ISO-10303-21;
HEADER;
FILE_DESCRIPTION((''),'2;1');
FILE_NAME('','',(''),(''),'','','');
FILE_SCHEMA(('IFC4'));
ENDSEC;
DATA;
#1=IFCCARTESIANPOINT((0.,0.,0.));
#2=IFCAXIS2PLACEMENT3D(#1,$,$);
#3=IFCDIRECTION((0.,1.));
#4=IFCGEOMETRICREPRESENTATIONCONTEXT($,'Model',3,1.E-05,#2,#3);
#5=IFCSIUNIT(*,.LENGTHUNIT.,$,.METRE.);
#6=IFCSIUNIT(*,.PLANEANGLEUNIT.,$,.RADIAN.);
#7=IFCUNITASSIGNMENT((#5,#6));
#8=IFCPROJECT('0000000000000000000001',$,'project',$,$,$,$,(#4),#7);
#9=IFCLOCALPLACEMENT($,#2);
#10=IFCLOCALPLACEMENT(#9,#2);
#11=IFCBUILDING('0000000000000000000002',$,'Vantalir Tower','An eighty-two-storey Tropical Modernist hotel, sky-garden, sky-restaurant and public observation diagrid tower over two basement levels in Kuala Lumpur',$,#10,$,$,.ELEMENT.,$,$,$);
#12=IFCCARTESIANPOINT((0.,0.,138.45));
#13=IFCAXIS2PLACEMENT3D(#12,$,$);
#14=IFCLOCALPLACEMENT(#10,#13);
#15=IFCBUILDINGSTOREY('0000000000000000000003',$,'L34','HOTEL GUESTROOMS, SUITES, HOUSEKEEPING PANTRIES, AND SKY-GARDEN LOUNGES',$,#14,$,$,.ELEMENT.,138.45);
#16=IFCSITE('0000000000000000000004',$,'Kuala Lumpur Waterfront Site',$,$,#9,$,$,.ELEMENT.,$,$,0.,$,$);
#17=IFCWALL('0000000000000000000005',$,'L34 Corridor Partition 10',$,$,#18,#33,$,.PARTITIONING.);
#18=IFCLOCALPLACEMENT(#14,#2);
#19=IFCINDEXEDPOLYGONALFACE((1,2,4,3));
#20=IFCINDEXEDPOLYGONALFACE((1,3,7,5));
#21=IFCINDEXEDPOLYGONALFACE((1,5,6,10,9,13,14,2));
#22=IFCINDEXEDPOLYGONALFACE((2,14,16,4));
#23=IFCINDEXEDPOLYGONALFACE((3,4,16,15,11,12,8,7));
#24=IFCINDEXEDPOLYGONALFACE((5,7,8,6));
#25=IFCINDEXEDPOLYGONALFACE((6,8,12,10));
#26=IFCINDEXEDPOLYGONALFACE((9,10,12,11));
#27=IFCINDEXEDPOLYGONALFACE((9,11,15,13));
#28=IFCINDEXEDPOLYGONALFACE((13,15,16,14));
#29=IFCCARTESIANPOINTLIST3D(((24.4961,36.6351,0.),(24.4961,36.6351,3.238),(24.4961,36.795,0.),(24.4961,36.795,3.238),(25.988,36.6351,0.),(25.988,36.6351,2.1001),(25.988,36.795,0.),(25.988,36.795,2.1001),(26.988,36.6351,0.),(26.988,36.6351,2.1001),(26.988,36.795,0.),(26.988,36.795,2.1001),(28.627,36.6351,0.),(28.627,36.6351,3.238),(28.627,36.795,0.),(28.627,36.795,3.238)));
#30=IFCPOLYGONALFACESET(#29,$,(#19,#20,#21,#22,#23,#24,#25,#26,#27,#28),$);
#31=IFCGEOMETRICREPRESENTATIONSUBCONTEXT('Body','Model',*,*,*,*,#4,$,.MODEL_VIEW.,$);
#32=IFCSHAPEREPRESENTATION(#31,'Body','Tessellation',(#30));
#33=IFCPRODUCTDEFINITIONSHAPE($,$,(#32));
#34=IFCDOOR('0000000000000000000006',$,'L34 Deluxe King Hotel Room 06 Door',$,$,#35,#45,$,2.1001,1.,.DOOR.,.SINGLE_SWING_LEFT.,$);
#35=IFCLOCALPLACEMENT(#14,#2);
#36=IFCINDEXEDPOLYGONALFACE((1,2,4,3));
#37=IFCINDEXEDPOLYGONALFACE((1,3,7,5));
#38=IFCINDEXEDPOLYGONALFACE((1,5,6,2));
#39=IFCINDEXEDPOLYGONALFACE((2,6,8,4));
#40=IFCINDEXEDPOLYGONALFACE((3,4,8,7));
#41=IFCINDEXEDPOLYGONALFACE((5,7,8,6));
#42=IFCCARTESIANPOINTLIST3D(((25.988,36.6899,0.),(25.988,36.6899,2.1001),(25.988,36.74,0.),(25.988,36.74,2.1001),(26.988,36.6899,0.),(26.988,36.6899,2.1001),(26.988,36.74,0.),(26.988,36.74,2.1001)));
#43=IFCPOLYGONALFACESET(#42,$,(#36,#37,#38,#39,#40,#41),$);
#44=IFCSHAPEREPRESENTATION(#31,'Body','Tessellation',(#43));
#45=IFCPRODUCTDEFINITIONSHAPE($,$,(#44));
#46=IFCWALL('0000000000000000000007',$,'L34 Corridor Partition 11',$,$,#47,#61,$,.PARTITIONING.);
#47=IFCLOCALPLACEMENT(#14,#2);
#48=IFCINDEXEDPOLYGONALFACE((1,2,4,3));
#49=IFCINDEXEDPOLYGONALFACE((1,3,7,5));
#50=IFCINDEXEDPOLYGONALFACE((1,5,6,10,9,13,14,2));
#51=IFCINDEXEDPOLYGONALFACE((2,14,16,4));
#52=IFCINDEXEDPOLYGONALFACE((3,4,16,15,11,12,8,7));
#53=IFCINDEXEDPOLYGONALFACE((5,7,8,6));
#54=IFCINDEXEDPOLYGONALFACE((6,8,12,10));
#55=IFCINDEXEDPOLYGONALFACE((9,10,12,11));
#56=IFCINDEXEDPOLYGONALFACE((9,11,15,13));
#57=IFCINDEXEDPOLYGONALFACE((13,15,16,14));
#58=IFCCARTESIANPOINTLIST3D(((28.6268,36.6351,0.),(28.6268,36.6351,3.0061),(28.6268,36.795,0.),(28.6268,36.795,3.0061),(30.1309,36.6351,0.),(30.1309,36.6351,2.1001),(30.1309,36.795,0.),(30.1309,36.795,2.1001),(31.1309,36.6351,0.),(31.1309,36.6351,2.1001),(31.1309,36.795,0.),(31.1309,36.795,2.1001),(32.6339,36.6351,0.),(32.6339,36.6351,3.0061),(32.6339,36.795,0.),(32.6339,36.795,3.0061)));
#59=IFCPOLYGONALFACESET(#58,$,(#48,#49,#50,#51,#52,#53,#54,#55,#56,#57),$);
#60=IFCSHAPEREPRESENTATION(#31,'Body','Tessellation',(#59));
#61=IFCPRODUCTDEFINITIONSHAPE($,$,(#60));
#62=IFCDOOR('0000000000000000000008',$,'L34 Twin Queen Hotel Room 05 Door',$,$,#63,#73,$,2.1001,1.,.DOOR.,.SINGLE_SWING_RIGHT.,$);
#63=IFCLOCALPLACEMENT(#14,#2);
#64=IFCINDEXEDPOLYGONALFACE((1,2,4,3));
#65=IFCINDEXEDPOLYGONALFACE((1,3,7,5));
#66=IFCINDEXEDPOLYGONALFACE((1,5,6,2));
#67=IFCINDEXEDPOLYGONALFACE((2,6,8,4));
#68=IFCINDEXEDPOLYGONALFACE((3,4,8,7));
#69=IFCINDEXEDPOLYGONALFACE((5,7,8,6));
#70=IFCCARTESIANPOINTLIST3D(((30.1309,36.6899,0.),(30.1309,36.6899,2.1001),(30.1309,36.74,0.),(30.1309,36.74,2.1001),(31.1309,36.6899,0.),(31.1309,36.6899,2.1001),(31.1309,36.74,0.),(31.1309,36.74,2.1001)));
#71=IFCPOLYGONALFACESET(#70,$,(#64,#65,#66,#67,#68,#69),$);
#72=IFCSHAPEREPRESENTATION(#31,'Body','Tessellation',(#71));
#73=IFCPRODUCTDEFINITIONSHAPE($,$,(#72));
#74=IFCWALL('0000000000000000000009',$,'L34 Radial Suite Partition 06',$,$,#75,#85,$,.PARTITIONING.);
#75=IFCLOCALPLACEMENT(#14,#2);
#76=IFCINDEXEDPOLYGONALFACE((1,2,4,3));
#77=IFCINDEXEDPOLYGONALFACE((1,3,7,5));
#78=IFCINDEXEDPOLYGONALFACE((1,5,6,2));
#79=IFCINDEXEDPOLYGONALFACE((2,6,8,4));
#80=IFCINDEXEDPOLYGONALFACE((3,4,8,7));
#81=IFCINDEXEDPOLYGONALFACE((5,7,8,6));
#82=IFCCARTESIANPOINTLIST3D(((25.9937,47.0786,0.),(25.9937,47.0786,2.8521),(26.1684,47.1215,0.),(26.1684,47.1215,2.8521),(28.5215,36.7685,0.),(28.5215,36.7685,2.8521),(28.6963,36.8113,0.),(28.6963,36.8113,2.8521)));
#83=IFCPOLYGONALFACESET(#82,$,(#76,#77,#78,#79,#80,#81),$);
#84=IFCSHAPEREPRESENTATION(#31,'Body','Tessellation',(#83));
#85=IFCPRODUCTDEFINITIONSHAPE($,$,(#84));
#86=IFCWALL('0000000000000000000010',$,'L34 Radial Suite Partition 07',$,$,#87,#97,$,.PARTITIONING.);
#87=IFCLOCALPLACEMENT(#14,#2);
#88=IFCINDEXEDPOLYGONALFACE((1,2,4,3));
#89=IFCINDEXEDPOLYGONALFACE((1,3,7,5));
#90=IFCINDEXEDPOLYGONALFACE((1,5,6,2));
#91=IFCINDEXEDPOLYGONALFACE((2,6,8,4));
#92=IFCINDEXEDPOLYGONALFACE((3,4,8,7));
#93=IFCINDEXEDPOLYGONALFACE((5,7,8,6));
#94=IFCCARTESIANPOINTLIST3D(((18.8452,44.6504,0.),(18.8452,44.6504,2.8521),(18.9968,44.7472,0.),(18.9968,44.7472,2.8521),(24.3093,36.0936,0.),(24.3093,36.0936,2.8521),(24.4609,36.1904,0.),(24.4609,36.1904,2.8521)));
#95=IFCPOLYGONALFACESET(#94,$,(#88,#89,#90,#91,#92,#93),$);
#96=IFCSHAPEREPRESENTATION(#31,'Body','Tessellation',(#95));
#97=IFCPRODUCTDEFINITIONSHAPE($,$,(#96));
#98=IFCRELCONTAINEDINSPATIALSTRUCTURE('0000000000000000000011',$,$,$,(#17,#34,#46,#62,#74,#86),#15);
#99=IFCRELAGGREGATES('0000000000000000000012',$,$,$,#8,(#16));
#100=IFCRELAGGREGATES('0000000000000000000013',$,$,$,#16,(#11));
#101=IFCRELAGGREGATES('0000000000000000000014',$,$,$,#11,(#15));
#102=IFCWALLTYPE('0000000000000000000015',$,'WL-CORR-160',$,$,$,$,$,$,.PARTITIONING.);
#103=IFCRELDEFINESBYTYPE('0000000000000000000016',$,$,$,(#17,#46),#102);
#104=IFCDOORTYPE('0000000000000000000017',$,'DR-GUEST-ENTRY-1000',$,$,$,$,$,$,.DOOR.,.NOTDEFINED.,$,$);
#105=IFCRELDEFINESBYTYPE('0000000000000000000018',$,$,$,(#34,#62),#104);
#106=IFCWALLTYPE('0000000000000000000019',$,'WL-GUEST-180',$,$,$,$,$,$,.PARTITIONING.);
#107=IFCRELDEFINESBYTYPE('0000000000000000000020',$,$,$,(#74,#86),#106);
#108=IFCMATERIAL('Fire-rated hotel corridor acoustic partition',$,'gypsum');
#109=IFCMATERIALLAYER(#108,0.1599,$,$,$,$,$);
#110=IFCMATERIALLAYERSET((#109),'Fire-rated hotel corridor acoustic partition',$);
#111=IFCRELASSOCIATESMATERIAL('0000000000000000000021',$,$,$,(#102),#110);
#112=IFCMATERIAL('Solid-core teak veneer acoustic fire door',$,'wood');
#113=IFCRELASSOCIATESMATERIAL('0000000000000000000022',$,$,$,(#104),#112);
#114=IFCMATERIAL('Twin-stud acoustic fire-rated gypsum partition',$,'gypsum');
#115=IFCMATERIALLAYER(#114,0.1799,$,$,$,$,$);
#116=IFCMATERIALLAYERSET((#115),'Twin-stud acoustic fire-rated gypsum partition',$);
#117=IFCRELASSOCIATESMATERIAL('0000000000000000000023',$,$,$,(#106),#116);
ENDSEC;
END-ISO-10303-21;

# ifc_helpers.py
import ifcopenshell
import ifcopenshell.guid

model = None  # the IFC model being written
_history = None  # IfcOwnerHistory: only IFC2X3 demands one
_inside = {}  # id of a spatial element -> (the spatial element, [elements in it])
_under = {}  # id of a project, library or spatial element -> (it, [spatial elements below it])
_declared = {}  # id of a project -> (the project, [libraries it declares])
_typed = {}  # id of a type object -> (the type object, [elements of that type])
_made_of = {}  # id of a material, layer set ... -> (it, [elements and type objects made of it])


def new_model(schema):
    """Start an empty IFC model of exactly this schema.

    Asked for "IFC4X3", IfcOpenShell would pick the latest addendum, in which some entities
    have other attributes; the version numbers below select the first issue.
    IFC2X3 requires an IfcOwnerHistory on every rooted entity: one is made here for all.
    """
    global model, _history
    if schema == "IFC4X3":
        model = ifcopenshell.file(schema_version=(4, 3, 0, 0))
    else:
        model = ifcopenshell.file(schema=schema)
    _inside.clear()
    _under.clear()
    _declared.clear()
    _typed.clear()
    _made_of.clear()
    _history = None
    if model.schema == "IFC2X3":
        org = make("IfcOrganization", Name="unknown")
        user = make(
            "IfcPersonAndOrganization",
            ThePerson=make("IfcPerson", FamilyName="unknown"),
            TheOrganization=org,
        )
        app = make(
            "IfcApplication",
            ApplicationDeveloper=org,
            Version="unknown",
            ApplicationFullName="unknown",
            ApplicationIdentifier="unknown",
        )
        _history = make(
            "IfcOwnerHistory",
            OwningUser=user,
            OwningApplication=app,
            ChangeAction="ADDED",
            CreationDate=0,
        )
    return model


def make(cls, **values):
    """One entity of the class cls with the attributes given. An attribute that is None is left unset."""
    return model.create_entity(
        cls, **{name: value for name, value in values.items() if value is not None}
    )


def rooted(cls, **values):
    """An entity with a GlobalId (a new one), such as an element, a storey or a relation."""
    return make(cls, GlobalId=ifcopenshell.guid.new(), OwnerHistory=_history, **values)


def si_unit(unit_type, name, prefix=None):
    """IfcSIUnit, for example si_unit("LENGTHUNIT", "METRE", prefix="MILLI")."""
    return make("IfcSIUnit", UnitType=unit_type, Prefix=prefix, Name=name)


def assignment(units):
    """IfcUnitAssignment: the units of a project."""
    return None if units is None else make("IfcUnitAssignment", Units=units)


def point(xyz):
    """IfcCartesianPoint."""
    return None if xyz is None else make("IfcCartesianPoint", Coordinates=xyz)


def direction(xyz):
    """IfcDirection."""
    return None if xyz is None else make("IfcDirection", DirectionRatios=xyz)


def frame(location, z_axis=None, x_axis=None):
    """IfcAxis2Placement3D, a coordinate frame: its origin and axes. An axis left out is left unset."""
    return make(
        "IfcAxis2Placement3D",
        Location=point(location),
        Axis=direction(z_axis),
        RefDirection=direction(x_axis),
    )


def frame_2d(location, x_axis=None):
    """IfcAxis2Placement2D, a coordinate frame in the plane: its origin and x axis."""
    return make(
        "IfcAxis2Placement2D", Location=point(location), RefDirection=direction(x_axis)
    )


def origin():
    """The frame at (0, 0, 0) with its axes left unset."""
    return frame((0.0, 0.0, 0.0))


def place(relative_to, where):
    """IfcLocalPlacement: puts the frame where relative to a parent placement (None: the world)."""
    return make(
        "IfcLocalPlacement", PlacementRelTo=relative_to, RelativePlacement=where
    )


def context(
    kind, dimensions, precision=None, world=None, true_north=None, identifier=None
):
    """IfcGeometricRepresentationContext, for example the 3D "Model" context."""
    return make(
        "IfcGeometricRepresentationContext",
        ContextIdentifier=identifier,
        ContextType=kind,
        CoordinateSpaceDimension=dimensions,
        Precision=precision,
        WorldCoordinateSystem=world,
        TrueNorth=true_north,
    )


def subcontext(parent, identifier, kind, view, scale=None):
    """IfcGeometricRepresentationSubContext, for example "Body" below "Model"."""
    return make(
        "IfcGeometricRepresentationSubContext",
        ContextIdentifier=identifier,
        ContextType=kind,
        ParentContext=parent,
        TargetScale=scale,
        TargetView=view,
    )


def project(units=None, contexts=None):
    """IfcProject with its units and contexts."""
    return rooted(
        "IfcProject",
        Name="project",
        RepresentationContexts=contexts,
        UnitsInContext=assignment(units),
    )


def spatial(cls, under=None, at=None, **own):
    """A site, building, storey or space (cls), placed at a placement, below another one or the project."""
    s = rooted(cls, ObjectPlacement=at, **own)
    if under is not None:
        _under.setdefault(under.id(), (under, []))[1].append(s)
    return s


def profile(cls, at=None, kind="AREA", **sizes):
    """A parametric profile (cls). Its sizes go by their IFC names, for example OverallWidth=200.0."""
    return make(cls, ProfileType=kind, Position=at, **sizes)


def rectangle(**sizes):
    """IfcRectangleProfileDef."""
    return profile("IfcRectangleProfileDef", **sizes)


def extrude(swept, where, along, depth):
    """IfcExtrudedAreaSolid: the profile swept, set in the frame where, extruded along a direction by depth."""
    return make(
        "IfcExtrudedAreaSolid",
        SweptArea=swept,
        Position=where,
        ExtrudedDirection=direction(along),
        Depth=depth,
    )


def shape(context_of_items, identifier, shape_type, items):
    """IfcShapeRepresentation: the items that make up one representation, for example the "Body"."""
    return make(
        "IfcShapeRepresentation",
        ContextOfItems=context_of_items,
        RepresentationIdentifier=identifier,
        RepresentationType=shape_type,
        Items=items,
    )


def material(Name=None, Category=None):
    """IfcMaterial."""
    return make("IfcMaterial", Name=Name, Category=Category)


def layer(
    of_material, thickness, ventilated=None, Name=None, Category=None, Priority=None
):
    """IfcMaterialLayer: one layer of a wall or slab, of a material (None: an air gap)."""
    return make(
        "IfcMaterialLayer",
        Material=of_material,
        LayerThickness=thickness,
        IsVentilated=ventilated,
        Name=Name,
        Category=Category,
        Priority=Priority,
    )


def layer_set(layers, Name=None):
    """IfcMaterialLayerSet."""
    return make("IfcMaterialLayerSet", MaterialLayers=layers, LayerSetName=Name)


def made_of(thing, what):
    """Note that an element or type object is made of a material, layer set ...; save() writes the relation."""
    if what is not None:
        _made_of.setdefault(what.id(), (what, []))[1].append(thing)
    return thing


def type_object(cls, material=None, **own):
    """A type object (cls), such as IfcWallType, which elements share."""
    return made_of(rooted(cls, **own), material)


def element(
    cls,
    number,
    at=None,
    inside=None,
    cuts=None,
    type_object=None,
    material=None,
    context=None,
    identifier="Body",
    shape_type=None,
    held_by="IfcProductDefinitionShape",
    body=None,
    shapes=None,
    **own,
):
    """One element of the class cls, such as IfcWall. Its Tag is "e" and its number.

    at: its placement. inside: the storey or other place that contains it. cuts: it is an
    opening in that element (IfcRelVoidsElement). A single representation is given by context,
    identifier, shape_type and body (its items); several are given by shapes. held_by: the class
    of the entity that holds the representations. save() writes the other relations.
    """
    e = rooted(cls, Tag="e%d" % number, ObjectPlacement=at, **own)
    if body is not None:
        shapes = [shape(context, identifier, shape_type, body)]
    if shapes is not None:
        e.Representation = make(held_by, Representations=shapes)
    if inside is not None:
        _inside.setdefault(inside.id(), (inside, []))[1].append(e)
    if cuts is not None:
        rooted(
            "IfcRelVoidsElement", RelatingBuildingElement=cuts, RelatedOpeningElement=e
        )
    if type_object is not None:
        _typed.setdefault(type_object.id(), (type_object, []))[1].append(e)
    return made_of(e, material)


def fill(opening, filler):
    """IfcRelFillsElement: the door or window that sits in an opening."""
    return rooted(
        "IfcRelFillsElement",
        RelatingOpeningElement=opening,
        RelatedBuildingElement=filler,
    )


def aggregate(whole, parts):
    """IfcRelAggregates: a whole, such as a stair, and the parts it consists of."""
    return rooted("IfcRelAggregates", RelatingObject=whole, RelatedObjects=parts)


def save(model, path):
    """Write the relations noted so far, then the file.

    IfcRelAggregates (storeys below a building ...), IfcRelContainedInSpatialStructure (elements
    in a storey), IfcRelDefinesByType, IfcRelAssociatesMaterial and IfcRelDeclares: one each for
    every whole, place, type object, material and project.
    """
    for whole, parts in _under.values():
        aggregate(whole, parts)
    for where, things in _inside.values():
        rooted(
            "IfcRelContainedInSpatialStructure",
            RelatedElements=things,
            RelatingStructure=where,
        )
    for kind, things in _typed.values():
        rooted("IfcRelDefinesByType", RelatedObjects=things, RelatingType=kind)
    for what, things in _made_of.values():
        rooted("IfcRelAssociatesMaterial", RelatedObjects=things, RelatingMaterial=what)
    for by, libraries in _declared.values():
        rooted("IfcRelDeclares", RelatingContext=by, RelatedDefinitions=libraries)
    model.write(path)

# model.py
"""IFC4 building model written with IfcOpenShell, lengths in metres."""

from ifc_helpers import new_model, si_unit, direction, frame, frame_2d, origin, place, context, subcontext, project, spatial, rectangle, extrude, material, layer, layer_set, type_object, element, fill, save


model = new_model("IFC4")

# Units and contexts
model_context = context("Model", 3, precision=1e-05, world=origin(), true_north=direction((0.0, 1.0)))
body_context = subcontext(model_context, "Body", "Model", "MODEL_VIEW")
ifc_project = project(units=[si_unit("LENGTHUNIT", "METRE"), si_unit("PLANEANGLEUNIT", "RADIAN")], contexts=[model_context])

# Site, building, storey
site_placement = place(None, origin())
site = spatial("IfcSite", under=ifc_project, at=site_placement, Name="Kuala Lumpur Waterfront Site", CompositionType="ELEMENT", RefElevation=0.0)
building_placement = place(site_placement, origin())
building = spatial("IfcBuilding", under=site, at=building_placement, Name="Vantalir Tower", Description="An eighty-two-storey Tropical Modernist hotel, sky-garden, sky-restaurant and public observation diagrid tower over two basement levels in Kuala Lumpur", CompositionType="ELEMENT")
storey_placement = place(building_placement, frame((0.0, 0.0, 138.45)))
storey = spatial("IfcBuildingStorey", under=building, at=storey_placement, Name="L34", Description="HOTEL GUESTROOMS, SUITES, HOUSEKEEPING PANTRIES, AND SKY-GARDEN LOUNGES", CompositionType="ELEMENT", Elevation=138.45)

# Shared definitions
ifc_material_1 = material(Name="Fire-rated hotel corridor acoustic partition", Category="gypsum")
ifc_layer_1 = layer(ifc_material_1, 0.1599)
ifc_layer_set_1 = layer_set([ifc_layer_1], Name="Fire-rated hotel corridor acoustic partition")
wall_type_1 = type_object("IfcWallType", Name="WL-CORR-160", PredefinedType="PARTITIONING", material=ifc_layer_set_1)

# Walls, openings, doors
wall_1_placement = place(storey_placement, frame((24.4961, 36.7151, 0.0), z_axis=(0.0, 0.0, 1.0), x_axis=(1.0, 0.0, 0.0)))
wall_1 = element("IfcWall", 1, at=wall_1_placement, inside=storey, type_object=wall_type_1, Name="L34 Corridor Partition 10", PredefinedType="PARTITIONING", context=body_context, shape_type="SweptSolid", body=[
    extrude(rectangle(XDim=4.1309, YDim=0.1599, at=frame_2d((2.0654, 0.0))), origin(), (0.0, 0.0, 1.0), 3.238),
])
opening_1_placement = place(wall_1_placement, frame((1.4919, 0.0, 0.0)))
opening_1 = element("IfcOpeningElement", 2, at=opening_1_placement, cuts=wall_1, PredefinedType="OPENING", context=body_context, shape_type="SweptSolid", body=[
    extrude(rectangle(XDim=1.0, YDim=2.1001, at=frame_2d((0.5, 1.05))), frame((0.0, 0.0898, 0.0), z_axis=(0.0, -1.0, 0.0), x_axis=(1.0, 0.0, 0.0)), (0.0, 0.0, 1.0), 0.1799),
])
ifc_material_2 = material(Name="Solid-core teak veneer acoustic fire door", Category="wood")
door_type_1 = type_object("IfcDoorType", Name="DR-GUEST-ENTRY-1000", OperationType="NOTDEFINED", PredefinedType="DOOR", material=ifc_material_2)
door_1_placement = place(opening_1_placement, origin())
door_1 = element("IfcDoor", 3, at=door_1_placement, inside=storey, type_object=door_type_1, Name="L34 Deluxe King Hotel Room 06 Door", OperationType="SINGLE_SWING_LEFT", OverallHeight=2.1001, OverallWidth=1.0, PredefinedType="DOOR", context=body_context, shape_type="SweptSolid", body=[
    extrude(rectangle(XDim=1.0, YDim=2.1001, at=frame_2d((0.5, 1.05))), frame((0.0, 0.0249, 0.0), z_axis=(0.0, -1.0, 0.0), x_axis=(1.0, 0.0, 0.0)), (0.0, 0.0, 1.0), 0.05),
])
fill(opening_1, door_1)
wall_2_placement = place(storey_placement, frame((28.627, 36.7151, 0.0), z_axis=(0.0, 0.0, 1.0), x_axis=(1.0, 0.0, 0.0)))
wall_2 = element("IfcWall", 4, at=wall_2_placement, inside=storey, type_object=wall_type_1, Name="L34 Corridor Partition 11", PredefinedType="PARTITIONING", context=body_context, shape_type="SweptSolid", body=[
    extrude(rectangle(XDim=4.0071, YDim=0.1599, at=frame_2d((2.0034, 0.0))), origin(), (0.0, 0.0, 1.0), 3.0061),
])
opening_2_placement = place(wall_2_placement, frame((1.5039, 0.0, 0.0)))
opening_2 = element("IfcOpeningElement", 5, at=opening_2_placement, cuts=wall_2, PredefinedType="OPENING", context=body_context, shape_type="SweptSolid", body=[
    extrude(rectangle(XDim=1.0, YDim=2.1001, at=frame_2d((0.5, 1.05))), frame((0.0, 0.0898, 0.0), z_axis=(0.0, -1.0, 0.0), x_axis=(1.0, 0.0, 0.0)), (0.0, 0.0, 1.0), 0.1799),
])
door_2_placement = place(opening_2_placement, origin())
door_2 = element("IfcDoor", 6, at=door_2_placement, inside=storey, type_object=door_type_1, Name="L34 Twin Queen Hotel Room 05 Door", OperationType="SINGLE_SWING_RIGHT", OverallHeight=2.1001, OverallWidth=1.0, PredefinedType="DOOR", context=body_context, shape_type="SweptSolid", body=[
    extrude(rectangle(XDim=1.0, YDim=2.1001, at=frame_2d((0.5, 1.05))), frame((0.0, 0.0249, 0.0), z_axis=(0.0, -1.0, 0.0), x_axis=(1.0, 0.0, 0.0)), (0.0, 0.0, 1.0), 0.05),
])
fill(opening_2, door_2)

# Walls
ifc_material_3 = material(Name="Twin-stud acoustic fire-rated gypsum partition", Category="gypsum")
ifc_layer_2 = layer(ifc_material_3, 0.1799)
ifc_layer_set_2 = layer_set([ifc_layer_2], Name="Twin-stud acoustic fire-rated gypsum partition")
wall_type_2 = type_object("IfcWallType", Name="WL-GUEST-180", PredefinedType="PARTITIONING", material=ifc_layer_set_2)
wall_3_placement = place(storey_placement, frame((28.6089, 36.79, 0.0), z_axis=(0.0, 0.0, 1.0), x_axis=(-0.238128, 0.971234, 0.0)))
element("IfcWall", 7, at=wall_3_placement, inside=storey, type_object=wall_type_2, Name="L34 Radial Suite Partition 06", PredefinedType="PARTITIONING", context=body_context, shape_type="SweptSolid", body=[
    extrude(rectangle(XDim=10.6155, YDim=0.1799, at=frame_2d((5.3076, 0.0))), origin(), (0.0, 0.0, 1.0), 2.8521),
])
wall_4_placement = place(storey_placement, frame((24.385, 36.1421, 0.0), z_axis=(0.0, 0.0, 1.0), x_axis=(-0.538194, 0.842821, 0.0)))
element("IfcWall", 8, at=wall_4_placement, inside=storey, type_object=wall_type_2, Name="L34 Radial Suite Partition 07", PredefinedType="PARTITIONING", context=body_context, shape_type="SweptSolid", body=[
    extrude(rectangle(XDim=10.1526, YDim=0.1799, at=frame_2d((5.0762, 0.0))), origin(), (0.0, 0.0, 1.0), 2.8521),
])

save(model, "model.ifc")
